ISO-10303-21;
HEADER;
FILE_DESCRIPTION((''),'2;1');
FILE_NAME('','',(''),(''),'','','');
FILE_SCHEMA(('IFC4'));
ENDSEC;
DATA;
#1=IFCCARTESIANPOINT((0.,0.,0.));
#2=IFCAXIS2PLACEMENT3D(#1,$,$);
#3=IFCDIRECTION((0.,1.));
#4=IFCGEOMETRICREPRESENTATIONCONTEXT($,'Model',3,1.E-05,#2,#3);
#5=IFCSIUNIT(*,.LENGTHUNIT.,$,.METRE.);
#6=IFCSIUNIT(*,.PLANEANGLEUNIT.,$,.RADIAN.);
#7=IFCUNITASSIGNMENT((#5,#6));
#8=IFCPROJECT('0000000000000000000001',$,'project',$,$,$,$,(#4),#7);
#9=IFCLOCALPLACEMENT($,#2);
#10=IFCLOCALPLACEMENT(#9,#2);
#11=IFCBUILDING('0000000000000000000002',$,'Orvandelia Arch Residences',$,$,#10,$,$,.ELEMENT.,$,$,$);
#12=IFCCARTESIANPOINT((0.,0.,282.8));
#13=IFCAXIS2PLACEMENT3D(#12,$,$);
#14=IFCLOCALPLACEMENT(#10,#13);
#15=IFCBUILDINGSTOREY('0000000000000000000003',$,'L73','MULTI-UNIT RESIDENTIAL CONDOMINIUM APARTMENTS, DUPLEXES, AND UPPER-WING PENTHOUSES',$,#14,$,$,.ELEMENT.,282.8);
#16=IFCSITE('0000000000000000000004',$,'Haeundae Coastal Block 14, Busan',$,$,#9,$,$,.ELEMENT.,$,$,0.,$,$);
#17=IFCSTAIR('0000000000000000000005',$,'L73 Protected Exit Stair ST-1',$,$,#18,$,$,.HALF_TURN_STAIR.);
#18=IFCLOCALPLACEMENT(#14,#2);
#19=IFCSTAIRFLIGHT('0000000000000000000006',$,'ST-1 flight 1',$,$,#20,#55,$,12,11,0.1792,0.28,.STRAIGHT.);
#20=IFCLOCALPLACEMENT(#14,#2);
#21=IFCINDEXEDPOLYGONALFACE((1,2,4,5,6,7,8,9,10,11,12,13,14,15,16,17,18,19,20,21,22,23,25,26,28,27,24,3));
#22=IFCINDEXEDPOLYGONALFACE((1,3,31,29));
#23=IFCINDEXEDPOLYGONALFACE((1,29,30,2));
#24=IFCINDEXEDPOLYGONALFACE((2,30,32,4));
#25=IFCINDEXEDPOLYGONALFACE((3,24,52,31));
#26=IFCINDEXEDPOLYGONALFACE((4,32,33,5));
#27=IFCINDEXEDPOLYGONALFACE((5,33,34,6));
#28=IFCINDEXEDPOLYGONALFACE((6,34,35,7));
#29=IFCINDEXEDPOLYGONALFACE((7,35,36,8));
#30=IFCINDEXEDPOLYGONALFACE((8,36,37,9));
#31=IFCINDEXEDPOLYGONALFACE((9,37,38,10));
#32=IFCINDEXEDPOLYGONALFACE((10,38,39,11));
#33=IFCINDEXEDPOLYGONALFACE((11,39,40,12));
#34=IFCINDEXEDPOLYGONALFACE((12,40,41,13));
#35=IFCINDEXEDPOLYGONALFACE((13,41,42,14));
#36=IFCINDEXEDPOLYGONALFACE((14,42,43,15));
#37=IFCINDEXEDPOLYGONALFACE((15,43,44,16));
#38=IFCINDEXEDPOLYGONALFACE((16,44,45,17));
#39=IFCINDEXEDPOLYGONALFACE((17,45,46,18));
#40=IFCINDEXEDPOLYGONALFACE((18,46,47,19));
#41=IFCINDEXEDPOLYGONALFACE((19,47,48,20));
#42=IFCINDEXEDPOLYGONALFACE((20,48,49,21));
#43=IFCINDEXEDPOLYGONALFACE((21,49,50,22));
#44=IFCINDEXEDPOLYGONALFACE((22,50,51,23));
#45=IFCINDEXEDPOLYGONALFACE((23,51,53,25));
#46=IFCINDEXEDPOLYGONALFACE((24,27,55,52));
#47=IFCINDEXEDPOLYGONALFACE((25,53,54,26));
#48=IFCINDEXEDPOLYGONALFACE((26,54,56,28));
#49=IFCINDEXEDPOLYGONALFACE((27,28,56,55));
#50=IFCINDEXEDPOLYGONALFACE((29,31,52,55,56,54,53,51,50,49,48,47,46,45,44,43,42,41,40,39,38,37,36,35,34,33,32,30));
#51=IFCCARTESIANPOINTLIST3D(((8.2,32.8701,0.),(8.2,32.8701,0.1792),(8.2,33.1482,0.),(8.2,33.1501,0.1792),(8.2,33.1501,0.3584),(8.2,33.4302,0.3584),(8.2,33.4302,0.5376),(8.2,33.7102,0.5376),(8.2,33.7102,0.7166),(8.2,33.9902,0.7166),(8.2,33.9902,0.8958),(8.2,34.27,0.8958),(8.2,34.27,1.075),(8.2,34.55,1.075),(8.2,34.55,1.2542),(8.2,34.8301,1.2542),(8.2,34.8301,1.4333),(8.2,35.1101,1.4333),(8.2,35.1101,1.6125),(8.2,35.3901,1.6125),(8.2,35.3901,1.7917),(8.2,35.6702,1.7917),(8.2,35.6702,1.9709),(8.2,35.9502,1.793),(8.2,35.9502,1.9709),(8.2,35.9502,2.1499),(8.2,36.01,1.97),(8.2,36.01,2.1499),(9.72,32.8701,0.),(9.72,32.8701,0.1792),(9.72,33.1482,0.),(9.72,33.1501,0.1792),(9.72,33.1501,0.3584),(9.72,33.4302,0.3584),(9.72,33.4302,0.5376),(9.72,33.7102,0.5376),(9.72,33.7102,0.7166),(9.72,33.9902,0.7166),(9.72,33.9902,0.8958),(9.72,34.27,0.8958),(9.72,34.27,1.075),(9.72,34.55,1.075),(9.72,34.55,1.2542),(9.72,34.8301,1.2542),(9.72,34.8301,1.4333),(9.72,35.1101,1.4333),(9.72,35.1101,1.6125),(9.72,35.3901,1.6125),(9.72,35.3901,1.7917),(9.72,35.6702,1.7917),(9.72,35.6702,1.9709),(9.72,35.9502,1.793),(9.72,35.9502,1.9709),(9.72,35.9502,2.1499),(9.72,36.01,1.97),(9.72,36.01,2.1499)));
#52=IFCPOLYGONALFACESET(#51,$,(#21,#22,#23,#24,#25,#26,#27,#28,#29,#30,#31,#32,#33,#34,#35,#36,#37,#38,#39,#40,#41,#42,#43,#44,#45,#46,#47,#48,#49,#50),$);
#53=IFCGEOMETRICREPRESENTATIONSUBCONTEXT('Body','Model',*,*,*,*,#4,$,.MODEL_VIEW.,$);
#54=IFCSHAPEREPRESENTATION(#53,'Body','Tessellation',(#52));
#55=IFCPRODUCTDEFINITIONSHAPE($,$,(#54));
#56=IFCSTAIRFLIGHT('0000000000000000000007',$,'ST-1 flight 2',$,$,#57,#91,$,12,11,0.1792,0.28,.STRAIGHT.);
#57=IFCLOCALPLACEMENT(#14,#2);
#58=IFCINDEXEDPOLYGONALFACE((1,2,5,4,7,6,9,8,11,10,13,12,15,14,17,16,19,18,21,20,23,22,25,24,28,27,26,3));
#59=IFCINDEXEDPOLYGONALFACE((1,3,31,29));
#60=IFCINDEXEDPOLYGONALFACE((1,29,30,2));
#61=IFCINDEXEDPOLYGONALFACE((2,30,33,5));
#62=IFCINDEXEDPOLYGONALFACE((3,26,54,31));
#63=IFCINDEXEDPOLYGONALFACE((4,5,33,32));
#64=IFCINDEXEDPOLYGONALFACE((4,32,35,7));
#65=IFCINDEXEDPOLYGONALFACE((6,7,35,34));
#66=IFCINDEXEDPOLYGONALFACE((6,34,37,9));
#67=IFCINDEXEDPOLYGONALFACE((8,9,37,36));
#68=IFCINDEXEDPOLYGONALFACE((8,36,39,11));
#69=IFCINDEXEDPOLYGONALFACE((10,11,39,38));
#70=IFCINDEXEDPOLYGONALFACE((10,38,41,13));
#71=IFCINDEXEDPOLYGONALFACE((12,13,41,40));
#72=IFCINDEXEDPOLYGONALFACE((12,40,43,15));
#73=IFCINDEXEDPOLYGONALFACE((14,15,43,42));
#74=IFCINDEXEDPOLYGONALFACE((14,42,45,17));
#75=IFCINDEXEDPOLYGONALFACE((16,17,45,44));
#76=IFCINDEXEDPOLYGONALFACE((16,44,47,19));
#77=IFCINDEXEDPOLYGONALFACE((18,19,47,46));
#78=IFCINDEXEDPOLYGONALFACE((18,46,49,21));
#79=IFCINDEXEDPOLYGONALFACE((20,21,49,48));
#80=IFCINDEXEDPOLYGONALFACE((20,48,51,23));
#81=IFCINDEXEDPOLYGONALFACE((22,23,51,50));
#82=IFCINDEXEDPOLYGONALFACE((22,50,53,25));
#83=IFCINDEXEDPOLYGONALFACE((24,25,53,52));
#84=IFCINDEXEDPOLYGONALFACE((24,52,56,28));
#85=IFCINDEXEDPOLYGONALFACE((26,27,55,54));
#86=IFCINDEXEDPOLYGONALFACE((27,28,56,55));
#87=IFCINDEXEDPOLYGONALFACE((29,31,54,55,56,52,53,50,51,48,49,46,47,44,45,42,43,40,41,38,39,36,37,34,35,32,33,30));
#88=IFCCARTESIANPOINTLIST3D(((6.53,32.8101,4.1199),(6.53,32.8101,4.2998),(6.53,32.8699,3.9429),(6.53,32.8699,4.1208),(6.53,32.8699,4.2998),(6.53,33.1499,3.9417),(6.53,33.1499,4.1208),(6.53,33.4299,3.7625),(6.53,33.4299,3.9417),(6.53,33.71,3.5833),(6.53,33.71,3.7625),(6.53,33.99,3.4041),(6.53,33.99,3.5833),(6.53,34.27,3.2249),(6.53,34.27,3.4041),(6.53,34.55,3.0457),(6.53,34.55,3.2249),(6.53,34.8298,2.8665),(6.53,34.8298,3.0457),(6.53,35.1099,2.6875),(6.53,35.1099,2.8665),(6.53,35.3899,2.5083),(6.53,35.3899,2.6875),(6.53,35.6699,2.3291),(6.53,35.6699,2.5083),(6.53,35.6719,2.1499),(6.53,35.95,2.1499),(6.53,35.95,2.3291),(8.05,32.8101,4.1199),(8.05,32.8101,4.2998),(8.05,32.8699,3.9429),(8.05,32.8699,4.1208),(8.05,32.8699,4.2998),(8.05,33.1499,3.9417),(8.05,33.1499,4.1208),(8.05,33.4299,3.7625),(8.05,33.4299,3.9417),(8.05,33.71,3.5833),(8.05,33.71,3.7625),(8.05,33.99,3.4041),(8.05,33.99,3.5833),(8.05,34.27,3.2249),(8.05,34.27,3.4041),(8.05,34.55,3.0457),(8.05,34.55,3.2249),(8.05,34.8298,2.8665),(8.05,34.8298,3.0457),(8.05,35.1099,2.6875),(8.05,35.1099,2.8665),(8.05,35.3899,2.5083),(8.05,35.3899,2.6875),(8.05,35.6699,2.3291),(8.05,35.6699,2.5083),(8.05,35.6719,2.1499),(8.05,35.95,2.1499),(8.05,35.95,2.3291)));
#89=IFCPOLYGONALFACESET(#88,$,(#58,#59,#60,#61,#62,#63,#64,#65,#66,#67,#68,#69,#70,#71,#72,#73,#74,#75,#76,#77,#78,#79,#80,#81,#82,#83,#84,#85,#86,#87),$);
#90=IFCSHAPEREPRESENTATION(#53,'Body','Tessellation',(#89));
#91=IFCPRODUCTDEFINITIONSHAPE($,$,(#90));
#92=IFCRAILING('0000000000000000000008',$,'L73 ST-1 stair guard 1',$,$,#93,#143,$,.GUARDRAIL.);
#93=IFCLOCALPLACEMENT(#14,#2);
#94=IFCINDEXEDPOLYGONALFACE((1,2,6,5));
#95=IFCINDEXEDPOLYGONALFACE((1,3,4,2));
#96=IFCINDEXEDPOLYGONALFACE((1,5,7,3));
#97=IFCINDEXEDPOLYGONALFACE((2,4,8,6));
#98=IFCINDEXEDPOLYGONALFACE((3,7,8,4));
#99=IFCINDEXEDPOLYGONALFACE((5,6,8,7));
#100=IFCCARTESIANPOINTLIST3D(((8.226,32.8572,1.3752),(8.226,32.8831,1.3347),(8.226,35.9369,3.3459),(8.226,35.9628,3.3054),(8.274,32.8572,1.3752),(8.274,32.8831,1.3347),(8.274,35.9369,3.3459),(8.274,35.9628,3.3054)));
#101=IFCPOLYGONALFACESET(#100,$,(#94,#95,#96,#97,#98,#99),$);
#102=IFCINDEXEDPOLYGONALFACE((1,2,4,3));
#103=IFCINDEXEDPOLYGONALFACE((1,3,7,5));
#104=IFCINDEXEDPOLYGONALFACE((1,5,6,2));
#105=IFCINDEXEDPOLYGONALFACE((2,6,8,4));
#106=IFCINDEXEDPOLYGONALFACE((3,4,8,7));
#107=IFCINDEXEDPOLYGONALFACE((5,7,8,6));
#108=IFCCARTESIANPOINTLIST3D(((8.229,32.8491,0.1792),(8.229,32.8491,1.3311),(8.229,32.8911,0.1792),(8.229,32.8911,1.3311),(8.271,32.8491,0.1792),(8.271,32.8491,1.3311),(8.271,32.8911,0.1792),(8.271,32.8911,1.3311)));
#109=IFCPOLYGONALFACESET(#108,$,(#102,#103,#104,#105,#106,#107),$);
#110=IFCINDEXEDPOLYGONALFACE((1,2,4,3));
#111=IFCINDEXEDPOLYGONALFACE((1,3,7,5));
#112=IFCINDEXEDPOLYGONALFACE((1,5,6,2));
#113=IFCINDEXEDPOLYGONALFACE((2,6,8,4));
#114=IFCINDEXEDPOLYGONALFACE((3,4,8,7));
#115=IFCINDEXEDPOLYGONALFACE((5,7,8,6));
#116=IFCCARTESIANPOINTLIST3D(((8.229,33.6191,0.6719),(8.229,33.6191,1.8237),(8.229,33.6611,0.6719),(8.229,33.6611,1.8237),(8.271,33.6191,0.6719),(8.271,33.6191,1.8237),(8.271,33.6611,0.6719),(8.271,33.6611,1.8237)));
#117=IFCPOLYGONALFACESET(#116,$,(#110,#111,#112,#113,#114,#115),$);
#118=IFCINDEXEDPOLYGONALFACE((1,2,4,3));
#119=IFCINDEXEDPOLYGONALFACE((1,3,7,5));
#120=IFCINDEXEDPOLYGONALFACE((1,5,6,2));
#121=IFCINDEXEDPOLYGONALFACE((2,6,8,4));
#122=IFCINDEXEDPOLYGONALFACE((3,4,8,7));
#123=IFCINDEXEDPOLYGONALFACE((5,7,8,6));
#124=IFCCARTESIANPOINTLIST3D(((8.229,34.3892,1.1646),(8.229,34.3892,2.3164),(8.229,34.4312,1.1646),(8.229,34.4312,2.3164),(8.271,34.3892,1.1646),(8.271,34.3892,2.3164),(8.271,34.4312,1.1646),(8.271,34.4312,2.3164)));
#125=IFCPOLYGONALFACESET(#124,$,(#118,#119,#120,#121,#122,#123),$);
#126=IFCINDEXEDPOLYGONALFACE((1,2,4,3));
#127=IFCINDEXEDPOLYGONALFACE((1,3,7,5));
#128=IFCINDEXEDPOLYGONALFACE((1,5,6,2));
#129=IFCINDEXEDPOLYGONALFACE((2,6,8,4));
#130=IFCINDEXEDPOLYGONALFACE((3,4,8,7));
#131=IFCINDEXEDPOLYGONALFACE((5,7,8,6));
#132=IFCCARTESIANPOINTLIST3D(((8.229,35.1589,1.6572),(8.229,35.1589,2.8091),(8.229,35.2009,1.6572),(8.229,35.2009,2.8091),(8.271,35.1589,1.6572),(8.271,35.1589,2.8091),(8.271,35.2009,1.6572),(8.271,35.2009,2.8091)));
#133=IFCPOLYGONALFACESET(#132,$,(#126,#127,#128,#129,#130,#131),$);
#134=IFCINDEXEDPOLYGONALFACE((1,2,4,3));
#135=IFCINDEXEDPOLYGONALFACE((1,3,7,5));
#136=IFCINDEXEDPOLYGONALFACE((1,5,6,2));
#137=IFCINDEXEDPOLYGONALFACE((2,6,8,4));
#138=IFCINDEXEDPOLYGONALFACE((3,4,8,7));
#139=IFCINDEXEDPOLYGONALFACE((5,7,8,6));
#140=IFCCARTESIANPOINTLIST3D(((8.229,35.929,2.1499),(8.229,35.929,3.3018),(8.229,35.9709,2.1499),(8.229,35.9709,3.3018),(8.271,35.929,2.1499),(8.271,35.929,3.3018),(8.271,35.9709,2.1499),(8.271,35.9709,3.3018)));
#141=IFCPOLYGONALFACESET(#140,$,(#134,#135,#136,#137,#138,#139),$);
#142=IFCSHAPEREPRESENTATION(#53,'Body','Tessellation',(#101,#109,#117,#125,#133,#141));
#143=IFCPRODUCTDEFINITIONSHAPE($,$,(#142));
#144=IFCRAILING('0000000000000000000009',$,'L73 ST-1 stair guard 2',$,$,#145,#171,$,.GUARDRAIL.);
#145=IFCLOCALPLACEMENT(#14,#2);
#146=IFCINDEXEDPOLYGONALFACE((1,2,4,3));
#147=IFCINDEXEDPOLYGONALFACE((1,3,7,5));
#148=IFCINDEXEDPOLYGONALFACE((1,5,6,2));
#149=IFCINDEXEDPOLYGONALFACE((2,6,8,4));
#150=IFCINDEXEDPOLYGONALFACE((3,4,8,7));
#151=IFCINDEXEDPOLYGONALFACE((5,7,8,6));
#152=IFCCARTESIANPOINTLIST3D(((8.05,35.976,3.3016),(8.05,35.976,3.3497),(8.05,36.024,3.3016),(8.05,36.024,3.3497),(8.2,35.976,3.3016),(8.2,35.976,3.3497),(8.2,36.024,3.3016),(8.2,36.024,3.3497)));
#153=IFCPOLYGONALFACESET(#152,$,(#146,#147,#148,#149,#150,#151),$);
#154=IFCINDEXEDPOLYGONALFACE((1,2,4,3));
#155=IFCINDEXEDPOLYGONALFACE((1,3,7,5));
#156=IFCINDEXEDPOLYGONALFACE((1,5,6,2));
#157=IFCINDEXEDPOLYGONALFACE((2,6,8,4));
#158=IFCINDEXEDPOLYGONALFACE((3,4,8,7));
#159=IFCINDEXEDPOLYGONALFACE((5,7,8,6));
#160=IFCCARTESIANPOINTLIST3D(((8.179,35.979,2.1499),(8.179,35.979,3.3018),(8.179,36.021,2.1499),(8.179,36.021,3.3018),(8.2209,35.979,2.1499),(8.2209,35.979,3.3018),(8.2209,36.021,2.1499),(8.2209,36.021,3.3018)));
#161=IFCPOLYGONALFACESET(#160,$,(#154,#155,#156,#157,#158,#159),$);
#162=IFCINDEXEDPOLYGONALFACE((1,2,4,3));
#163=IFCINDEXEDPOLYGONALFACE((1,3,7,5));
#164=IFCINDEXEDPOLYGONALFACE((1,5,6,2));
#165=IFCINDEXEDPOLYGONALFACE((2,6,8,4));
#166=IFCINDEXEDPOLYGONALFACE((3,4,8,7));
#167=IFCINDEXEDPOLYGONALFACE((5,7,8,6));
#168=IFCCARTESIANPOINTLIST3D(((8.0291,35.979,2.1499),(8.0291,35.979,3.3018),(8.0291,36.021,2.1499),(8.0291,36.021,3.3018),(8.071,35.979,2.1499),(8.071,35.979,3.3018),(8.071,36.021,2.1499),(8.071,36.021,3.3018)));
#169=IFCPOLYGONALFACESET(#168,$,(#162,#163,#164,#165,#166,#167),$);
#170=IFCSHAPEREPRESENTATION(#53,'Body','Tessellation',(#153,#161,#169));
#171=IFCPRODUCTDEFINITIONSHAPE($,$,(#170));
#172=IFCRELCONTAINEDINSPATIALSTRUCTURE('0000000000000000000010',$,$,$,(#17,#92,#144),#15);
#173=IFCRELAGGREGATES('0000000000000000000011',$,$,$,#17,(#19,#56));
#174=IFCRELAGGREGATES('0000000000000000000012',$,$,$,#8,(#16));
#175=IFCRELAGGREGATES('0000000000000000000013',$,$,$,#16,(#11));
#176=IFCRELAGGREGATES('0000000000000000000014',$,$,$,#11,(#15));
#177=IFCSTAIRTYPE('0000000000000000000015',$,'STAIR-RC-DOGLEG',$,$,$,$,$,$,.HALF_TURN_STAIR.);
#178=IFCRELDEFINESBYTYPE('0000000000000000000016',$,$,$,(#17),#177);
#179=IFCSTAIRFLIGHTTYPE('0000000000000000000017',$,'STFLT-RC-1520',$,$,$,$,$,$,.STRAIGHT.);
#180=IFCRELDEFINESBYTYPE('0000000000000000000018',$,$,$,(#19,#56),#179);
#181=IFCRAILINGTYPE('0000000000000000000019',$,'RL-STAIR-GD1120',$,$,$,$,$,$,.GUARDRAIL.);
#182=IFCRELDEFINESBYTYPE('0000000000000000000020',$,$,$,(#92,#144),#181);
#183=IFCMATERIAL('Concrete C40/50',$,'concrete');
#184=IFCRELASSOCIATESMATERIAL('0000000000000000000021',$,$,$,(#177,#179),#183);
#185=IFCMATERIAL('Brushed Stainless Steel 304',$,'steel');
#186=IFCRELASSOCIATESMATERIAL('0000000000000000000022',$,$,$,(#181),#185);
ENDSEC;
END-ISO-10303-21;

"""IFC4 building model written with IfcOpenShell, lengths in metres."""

from ifc_helpers import new_model, si_unit, direction, frame, origin, origin_2d, place, context, subcontext, project, spatial, polyline, rectangle, outline, extrude, material, type_object, element, aggregate, save


model = new_model("IFC4")

# Units and contexts
model_context = context("Model", 3, precision=1e-05, world=origin(), true_north=direction((0.0, 1.0)))
body_context = subcontext(model_context, "Body", "Model", "MODEL_VIEW")
ifc_project = project(units=[si_unit("LENGTHUNIT", "METRE"), si_unit("PLANEANGLEUNIT", "RADIAN")], contexts=[model_context])

# Site, building, storey
site_placement = place(None, origin())
site = spatial("IfcSite", under=ifc_project, at=site_placement, Name="Haeundae Coastal Block 14, Busan", CompositionType="ELEMENT", RefElevation=0.0)
building_placement = place(site_placement, origin())
building = spatial("IfcBuilding", under=site, at=building_placement, Name="Orvandelia Arch Residences", CompositionType="ELEMENT")
storey_placement = place(building_placement, frame((0.0, 0.0, 282.8)))
storey = spatial("IfcBuildingStorey", under=building, at=storey_placement, Name="L73", Description="MULTI-UNIT RESIDENTIAL CONDOMINIUM APARTMENTS, DUPLEXES, AND UPPER-WING PENTHOUSES", CompositionType="ELEMENT", Elevation=282.8)

# Stair, stair flights
ifc_material_1 = material(Name="Concrete C40/50", Category="concrete")
stair_type = type_object("IfcStairType", Name="STAIR-RC-DOGLEG", PredefinedType="HALF_TURN_STAIR", material=ifc_material_1)
stair_placement = place(storey_placement, origin())
stair = element("IfcStair", 1, at=stair_placement, inside=storey, type_object=stair_type, Name="L73 Protected Exit Stair ST-1", PredefinedType="HALF_TURN_STAIR")
stair_flight_type = type_object("IfcStairFlightType", Name="STFLT-RC-1520", PredefinedType="STRAIGHT", material=ifc_material_1)
stair_flight_1_placement = place(storey_placement, frame((8.96, 32.8701, 0.0), z_axis=(0.0, 0.0, 1.0), x_axis=(0.0, 1.0, 0.0)))
stair_flight_1 = element("IfcStairFlight", 2, at=stair_flight_1_placement, type_object=stair_flight_type, Name="ST-1 flight 1", NumberOfRisers=12, NumberOfTreads=11, PredefinedType="STRAIGHT", RiserHeight=0.1792, TreadLength=0.28, context=body_context, shape_type="SweptSolid", body=[
    extrude(outline(polyline([(0.0, 0.0), (0.0, 0.1792), (0.28, 0.1792), (0.28, 0.3584), (0.5601, 0.3584), (0.5601, 0.5376), (0.8401, 0.5376), (0.8401, 0.7166), (1.1201, 0.7166), (1.1201, 0.8958), (1.3999, 0.8958), (1.3999, 1.075), (1.6799, 1.075), (1.6799, 1.2542), (1.96, 1.2542), (1.96, 1.4333), (2.24, 1.4333), (2.24, 1.6125), (2.52, 1.6125), (2.52, 1.7917), (2.8, 1.7917), (2.8, 1.9709), (3.0801, 1.9709), (3.0801, 2.1499), (3.1399, 2.1499), (3.1399, 1.97), (3.0801, 1.793), (0.2781, 0.0), (0.0, 0.0)])), frame((0.0, 0.76, 0.0), z_axis=(0.0, -1.0, 0.0), x_axis=(1.0, 0.0, 0.0)), (0.0, 0.0, 1.0), 1.52),
])
stair_flight_2_placement = place(storey_placement, frame((7.29, 35.95, 2.1499), z_axis=(0.0, 0.0, 1.0), x_axis=(0.0, -1.0, 0.0)))
stair_flight_2 = element("IfcStairFlight", 3, at=stair_flight_2_placement, type_object=stair_flight_type, Name="ST-1 flight 2", NumberOfRisers=12, NumberOfTreads=11, PredefinedType="STRAIGHT", RiserHeight=0.1792, TreadLength=0.28, context=body_context, shape_type="SweptSolid", body=[
    extrude(outline(polyline([(0.0, 0.0), (0.0, 0.1792), (0.28, 0.1792), (0.28, 0.3584), (0.5601, 0.3584), (0.5601, 0.5376), (0.8401, 0.5376), (0.8401, 0.7166), (1.1201, 0.7166), (1.1201, 0.8958), (1.3999, 0.8958), (1.3999, 1.075), (1.6799, 1.075), (1.6799, 1.2542), (1.96, 1.2542), (1.96, 1.4333), (2.24, 1.4333), (2.24, 1.6125), (2.52, 1.6125), (2.52, 1.7917), (2.8, 1.7917), (2.8, 1.9709), (3.0801, 1.9709), (3.0801, 2.1499), (3.1399, 2.1499), (3.1399, 1.97), (3.0801, 1.793), (0.2781, 0.0), (0.0, 0.0)])), frame((0.0, 0.76, 0.0), z_axis=(0.0, -1.0, 0.0), x_axis=(1.0, 0.0, 0.0)), (0.0, 0.0, 1.0), 1.52),
])
aggregate(stair, [stair_flight_1, stair_flight_2])

# Railings
ifc_material_2 = material(Name="Brushed Stainless Steel 304", Category="steel")
railing_type_1 = type_object("IfcRailingType", Name="RL-STAIR-GD1120", PredefinedType="GUARDRAIL", material=ifc_material_2)
railing_1_placement = place(storey_placement, frame((8.25, 32.8701, 0.1792)))
element("IfcRailing", 4, at=railing_1_placement, inside=storey, type_object=railing_type_1, Name="L73 ST-1 stair guard 1", PredefinedType="GUARDRAIL", context=body_context, shape_type="SweptSolid", body=[
    extrude(rectangle(XDim=0.0481, YDim=0.0481, at=origin_2d()), frame((0.0, 0.0, 1.1758), z_axis=(0.0, 0.84232, 0.538978), x_axis=(-1.0, 0.0, 0.0)), (0.0, 0.0, 1.0), 3.6562),
    extrude(rectangle(XDim=0.042, YDim=0.042, at=origin_2d()), origin(), (0.0, 0.0, 1.0), 1.1519),
    extrude(rectangle(XDim=0.042, YDim=0.042, at=origin_2d()), frame((0.0, 0.77, 0.4927)), (0.0, 0.0, 1.0), 1.1519),
    extrude(rectangle(XDim=0.042, YDim=0.042, at=origin_2d()), frame((0.0, 1.54, 0.9854)), (0.0, 0.0, 1.0), 1.1519),
    extrude(rectangle(XDim=0.042, YDim=0.042, at=origin_2d()), frame((0.0, 2.3098, 1.478)), (0.0, 0.0, 1.0), 1.1519),
    extrude(rectangle(XDim=0.042, YDim=0.042, at=origin_2d()), frame((0.0, 3.0798, 1.9707)), (0.0, 0.0, 1.0), 1.1519),
])
railing_2_placement = place(storey_placement, frame((8.2, 36.0, 2.1499)))
element("IfcRailing", 5, at=railing_2_placement, inside=storey, type_object=railing_type_1, Name="L73 ST-1 stair guard 2", PredefinedType="GUARDRAIL", context=body_context, shape_type="SweptSolid", body=[
    extrude(rectangle(XDim=0.0481, YDim=0.0481, at=origin_2d()), frame((0.0, 0.0, 1.1758), z_axis=(-1.0, 0.0, 0.0), x_axis=(0.0, -1.0, 0.0)), (0.0, 0.0, 1.0), 0.1499),
    extrude(rectangle(XDim=0.042, YDim=0.042, at=origin_2d()), origin(), (0.0, 0.0, 1.0), 1.1519),
    extrude(rectangle(XDim=0.042, YDim=0.042, at=origin_2d()), frame((-0.1499, 0.0, 0.0)), (0.0, 0.0, 1.0), 1.1519),
])

save(model, "model.ifc")
